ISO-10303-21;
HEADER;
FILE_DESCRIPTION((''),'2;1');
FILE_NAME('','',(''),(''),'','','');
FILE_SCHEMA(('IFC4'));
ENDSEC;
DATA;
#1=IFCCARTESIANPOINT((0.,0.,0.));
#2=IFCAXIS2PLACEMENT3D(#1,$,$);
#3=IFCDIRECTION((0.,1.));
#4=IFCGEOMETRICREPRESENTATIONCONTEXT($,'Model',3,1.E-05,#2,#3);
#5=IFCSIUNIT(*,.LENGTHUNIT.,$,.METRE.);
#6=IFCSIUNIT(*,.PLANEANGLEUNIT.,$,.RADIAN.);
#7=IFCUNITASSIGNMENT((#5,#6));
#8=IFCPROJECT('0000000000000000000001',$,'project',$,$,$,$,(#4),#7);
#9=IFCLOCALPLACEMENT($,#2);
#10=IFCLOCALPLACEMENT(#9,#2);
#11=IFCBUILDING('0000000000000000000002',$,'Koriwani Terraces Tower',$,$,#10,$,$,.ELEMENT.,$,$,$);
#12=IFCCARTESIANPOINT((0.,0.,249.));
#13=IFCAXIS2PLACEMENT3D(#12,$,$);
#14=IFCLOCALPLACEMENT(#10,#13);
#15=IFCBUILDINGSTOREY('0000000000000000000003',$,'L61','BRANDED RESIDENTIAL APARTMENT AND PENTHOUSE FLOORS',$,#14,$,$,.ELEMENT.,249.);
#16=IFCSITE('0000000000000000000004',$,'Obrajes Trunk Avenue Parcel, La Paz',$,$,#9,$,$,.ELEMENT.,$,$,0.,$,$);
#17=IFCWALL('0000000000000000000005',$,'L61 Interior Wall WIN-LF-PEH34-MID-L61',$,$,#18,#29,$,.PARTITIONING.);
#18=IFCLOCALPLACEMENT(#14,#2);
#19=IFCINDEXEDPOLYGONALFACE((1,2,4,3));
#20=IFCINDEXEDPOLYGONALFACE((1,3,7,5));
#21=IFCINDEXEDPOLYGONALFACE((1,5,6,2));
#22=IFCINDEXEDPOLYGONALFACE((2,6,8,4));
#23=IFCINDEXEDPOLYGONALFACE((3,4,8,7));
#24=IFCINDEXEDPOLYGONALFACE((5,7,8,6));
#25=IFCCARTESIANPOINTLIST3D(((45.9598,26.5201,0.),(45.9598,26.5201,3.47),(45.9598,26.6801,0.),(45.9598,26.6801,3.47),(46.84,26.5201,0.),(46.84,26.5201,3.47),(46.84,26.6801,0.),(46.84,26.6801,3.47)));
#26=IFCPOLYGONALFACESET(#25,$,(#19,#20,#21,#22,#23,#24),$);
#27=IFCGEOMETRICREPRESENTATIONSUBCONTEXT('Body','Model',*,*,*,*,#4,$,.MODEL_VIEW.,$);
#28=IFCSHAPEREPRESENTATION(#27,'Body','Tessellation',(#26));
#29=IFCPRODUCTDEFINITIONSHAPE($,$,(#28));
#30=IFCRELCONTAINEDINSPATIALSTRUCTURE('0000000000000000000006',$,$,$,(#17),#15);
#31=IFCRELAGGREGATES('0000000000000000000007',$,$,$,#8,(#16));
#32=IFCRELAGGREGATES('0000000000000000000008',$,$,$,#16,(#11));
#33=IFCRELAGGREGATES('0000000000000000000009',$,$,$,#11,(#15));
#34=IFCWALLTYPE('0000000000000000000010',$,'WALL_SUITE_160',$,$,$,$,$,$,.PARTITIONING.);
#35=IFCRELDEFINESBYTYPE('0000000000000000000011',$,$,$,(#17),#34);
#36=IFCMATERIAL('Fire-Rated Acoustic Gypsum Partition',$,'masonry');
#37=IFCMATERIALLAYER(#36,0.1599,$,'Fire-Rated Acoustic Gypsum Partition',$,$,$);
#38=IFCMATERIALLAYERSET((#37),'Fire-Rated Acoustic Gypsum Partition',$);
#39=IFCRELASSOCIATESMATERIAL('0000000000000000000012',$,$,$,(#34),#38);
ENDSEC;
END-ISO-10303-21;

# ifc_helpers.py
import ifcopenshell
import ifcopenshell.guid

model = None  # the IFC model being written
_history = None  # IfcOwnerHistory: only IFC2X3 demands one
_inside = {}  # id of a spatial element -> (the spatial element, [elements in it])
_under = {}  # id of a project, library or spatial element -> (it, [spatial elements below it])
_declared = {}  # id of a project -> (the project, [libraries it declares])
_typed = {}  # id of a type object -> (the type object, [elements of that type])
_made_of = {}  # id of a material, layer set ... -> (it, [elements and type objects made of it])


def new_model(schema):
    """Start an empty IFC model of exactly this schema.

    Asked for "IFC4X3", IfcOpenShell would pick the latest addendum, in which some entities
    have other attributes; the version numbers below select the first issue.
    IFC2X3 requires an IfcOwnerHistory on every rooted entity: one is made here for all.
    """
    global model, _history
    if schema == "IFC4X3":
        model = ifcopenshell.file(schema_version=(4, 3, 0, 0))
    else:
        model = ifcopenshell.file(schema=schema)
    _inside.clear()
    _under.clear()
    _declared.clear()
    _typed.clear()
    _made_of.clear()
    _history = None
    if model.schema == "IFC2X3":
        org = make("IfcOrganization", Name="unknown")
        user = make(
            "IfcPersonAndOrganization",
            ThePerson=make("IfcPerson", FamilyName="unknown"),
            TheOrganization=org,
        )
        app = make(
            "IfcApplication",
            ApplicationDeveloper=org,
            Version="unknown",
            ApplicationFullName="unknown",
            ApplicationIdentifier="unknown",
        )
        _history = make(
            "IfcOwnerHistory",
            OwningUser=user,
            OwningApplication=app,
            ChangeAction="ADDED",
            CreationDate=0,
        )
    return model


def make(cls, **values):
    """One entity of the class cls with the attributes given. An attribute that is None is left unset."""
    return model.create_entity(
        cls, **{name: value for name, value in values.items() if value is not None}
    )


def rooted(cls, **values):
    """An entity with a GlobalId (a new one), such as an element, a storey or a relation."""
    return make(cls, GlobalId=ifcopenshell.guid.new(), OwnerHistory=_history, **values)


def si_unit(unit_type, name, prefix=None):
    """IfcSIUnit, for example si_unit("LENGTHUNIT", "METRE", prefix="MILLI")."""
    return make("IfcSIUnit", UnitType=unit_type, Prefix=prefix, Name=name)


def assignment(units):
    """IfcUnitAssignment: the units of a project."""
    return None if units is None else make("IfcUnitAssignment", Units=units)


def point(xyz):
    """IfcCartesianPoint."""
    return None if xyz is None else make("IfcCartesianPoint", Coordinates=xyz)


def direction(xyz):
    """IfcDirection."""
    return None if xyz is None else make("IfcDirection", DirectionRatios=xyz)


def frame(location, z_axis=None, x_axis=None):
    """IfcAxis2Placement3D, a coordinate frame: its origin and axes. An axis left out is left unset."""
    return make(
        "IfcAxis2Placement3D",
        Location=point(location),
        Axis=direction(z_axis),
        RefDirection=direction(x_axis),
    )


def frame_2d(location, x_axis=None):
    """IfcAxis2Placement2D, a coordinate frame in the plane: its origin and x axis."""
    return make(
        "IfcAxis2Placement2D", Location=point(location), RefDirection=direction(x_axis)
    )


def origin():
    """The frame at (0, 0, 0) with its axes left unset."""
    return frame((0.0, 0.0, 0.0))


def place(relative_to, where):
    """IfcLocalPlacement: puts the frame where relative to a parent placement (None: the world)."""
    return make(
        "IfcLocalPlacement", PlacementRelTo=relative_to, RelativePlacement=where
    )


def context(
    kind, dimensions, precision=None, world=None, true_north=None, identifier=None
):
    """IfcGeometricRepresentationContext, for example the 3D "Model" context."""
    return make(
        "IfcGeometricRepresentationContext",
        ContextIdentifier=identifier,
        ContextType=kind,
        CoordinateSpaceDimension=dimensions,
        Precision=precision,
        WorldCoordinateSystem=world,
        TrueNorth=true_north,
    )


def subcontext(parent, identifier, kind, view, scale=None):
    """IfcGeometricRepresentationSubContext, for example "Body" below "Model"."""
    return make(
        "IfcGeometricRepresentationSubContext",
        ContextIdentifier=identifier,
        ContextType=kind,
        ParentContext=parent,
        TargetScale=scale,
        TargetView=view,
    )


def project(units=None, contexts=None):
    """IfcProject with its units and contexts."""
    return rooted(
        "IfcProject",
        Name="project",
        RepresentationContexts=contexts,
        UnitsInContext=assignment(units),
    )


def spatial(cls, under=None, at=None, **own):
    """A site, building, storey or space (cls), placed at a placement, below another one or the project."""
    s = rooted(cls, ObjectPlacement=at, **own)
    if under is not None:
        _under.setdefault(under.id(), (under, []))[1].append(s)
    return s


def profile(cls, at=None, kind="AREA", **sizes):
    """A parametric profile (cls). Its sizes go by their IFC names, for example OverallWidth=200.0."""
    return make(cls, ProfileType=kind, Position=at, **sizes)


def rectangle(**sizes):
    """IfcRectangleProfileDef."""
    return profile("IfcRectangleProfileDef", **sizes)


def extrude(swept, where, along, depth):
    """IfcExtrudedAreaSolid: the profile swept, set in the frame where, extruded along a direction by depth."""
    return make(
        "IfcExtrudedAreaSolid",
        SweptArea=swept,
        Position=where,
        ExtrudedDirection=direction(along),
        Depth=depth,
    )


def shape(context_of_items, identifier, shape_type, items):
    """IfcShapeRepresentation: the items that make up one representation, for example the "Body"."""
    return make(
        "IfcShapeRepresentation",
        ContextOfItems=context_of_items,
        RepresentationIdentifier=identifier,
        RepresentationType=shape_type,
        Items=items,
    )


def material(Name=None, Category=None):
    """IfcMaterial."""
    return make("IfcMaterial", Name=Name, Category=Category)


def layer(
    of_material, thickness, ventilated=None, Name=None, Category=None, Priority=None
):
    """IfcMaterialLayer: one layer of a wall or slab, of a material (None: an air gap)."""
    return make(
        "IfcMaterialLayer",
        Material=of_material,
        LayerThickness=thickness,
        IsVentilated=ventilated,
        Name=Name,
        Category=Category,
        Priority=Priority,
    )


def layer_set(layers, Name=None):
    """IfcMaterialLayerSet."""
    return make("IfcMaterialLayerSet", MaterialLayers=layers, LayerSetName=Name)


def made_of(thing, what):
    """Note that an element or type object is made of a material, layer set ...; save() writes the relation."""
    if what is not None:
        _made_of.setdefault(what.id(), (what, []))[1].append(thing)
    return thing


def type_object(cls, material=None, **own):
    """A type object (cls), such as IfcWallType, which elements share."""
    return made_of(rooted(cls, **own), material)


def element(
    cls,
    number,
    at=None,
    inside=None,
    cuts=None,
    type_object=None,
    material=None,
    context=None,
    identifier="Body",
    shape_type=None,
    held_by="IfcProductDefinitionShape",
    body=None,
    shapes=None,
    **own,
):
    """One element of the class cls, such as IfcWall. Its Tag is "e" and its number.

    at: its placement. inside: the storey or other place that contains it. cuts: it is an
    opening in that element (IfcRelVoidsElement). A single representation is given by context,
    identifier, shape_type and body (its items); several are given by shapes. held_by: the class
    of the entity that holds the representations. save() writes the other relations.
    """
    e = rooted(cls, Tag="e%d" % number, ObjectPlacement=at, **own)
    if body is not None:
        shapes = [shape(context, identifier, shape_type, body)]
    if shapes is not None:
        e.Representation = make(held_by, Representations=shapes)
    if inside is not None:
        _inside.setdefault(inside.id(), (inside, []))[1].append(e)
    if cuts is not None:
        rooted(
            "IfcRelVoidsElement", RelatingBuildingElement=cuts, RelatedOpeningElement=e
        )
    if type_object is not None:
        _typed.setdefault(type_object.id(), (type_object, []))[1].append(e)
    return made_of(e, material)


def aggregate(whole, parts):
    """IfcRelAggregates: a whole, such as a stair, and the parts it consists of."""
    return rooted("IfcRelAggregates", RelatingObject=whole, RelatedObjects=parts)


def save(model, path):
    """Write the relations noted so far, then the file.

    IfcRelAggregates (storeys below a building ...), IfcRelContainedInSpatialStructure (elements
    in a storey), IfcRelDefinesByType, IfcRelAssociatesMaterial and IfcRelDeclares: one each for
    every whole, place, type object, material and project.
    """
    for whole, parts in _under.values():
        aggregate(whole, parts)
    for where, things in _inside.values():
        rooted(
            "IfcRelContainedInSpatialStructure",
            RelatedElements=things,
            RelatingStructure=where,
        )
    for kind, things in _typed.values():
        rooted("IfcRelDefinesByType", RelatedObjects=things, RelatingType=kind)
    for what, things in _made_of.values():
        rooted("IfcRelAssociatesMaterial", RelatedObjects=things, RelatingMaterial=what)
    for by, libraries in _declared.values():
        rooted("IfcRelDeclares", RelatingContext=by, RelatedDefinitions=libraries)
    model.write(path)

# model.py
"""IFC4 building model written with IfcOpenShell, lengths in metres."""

from ifc_helpers import new_model, si_unit, direction, frame, frame_2d, origin, place, context, subcontext, project, spatial, rectangle, extrude, material, layer, layer_set, type_object, element, save


model = new_model("IFC4")

# Units and contexts
model_context = context("Model", 3, precision=1e-05, world=origin(), true_north=direction((0.0, 1.0)))
body_context = subcontext(model_context, "Body", "Model", "MODEL_VIEW")
ifc_project = project(units=[si_unit("LENGTHUNIT", "METRE"), si_unit("PLANEANGLEUNIT", "RADIAN")], contexts=[model_context])

# Site, building, storey
site_placement = place(None, origin())
site = spatial("IfcSite", under=ifc_project, at=site_placement, Name="Obrajes Trunk Avenue Parcel, La Paz", CompositionType="ELEMENT", RefElevation=0.0)
building_placement = place(site_placement, origin())
building = spatial("IfcBuilding", under=site, at=building_placement, Name="Koriwani Terraces Tower", CompositionType="ELEMENT")
storey_placement = place(building_placement, frame((0.0, 0.0, 249.0)))
storey = spatial("IfcBuildingStorey", under=building, at=storey_placement, Name="L61", Description="BRANDED RESIDENTIAL APARTMENT AND PENTHOUSE FLOORS", CompositionType="ELEMENT", Elevation=249.0)

# Shared definitions
ifc_material_1 = material(Name="Fire-Rated Acoustic Gypsum Partition", Category="masonry")

# Wall
ifc_layer_1 = layer(ifc_material_1, 0.1599, Name="Fire-Rated Acoustic Gypsum Partition")
ifc_layer_set_1 = layer_set([ifc_layer_1], Name="Fire-Rated Acoustic Gypsum Partition")
wall_type_1 = type_object("IfcWallType", Name="WALL_SUITE_160", PredefinedType="PARTITIONING", material=ifc_layer_set_1)
wall_1_placement = place(storey_placement, frame((45.96, 26.6001, 0.0), z_axis=(0.0, 0.0, 1.0), x_axis=(1.0, 0.0, 0.0)))
element("IfcWall", 1, at=wall_1_placement, inside=storey, type_object=wall_type_1, Name="L61 Interior Wall WIN-LF-PEH34-MID-L61", PredefinedType="PARTITIONING", context=body_context, shape_type="SweptSolid", body=[
    extrude(rectangle(XDim=0.8801, YDim=0.1599, at=frame_2d((0.4399, 0.0))), origin(), (0.0, 0.0, 1.0), 3.47),
])

save(model, "model.ifc")
